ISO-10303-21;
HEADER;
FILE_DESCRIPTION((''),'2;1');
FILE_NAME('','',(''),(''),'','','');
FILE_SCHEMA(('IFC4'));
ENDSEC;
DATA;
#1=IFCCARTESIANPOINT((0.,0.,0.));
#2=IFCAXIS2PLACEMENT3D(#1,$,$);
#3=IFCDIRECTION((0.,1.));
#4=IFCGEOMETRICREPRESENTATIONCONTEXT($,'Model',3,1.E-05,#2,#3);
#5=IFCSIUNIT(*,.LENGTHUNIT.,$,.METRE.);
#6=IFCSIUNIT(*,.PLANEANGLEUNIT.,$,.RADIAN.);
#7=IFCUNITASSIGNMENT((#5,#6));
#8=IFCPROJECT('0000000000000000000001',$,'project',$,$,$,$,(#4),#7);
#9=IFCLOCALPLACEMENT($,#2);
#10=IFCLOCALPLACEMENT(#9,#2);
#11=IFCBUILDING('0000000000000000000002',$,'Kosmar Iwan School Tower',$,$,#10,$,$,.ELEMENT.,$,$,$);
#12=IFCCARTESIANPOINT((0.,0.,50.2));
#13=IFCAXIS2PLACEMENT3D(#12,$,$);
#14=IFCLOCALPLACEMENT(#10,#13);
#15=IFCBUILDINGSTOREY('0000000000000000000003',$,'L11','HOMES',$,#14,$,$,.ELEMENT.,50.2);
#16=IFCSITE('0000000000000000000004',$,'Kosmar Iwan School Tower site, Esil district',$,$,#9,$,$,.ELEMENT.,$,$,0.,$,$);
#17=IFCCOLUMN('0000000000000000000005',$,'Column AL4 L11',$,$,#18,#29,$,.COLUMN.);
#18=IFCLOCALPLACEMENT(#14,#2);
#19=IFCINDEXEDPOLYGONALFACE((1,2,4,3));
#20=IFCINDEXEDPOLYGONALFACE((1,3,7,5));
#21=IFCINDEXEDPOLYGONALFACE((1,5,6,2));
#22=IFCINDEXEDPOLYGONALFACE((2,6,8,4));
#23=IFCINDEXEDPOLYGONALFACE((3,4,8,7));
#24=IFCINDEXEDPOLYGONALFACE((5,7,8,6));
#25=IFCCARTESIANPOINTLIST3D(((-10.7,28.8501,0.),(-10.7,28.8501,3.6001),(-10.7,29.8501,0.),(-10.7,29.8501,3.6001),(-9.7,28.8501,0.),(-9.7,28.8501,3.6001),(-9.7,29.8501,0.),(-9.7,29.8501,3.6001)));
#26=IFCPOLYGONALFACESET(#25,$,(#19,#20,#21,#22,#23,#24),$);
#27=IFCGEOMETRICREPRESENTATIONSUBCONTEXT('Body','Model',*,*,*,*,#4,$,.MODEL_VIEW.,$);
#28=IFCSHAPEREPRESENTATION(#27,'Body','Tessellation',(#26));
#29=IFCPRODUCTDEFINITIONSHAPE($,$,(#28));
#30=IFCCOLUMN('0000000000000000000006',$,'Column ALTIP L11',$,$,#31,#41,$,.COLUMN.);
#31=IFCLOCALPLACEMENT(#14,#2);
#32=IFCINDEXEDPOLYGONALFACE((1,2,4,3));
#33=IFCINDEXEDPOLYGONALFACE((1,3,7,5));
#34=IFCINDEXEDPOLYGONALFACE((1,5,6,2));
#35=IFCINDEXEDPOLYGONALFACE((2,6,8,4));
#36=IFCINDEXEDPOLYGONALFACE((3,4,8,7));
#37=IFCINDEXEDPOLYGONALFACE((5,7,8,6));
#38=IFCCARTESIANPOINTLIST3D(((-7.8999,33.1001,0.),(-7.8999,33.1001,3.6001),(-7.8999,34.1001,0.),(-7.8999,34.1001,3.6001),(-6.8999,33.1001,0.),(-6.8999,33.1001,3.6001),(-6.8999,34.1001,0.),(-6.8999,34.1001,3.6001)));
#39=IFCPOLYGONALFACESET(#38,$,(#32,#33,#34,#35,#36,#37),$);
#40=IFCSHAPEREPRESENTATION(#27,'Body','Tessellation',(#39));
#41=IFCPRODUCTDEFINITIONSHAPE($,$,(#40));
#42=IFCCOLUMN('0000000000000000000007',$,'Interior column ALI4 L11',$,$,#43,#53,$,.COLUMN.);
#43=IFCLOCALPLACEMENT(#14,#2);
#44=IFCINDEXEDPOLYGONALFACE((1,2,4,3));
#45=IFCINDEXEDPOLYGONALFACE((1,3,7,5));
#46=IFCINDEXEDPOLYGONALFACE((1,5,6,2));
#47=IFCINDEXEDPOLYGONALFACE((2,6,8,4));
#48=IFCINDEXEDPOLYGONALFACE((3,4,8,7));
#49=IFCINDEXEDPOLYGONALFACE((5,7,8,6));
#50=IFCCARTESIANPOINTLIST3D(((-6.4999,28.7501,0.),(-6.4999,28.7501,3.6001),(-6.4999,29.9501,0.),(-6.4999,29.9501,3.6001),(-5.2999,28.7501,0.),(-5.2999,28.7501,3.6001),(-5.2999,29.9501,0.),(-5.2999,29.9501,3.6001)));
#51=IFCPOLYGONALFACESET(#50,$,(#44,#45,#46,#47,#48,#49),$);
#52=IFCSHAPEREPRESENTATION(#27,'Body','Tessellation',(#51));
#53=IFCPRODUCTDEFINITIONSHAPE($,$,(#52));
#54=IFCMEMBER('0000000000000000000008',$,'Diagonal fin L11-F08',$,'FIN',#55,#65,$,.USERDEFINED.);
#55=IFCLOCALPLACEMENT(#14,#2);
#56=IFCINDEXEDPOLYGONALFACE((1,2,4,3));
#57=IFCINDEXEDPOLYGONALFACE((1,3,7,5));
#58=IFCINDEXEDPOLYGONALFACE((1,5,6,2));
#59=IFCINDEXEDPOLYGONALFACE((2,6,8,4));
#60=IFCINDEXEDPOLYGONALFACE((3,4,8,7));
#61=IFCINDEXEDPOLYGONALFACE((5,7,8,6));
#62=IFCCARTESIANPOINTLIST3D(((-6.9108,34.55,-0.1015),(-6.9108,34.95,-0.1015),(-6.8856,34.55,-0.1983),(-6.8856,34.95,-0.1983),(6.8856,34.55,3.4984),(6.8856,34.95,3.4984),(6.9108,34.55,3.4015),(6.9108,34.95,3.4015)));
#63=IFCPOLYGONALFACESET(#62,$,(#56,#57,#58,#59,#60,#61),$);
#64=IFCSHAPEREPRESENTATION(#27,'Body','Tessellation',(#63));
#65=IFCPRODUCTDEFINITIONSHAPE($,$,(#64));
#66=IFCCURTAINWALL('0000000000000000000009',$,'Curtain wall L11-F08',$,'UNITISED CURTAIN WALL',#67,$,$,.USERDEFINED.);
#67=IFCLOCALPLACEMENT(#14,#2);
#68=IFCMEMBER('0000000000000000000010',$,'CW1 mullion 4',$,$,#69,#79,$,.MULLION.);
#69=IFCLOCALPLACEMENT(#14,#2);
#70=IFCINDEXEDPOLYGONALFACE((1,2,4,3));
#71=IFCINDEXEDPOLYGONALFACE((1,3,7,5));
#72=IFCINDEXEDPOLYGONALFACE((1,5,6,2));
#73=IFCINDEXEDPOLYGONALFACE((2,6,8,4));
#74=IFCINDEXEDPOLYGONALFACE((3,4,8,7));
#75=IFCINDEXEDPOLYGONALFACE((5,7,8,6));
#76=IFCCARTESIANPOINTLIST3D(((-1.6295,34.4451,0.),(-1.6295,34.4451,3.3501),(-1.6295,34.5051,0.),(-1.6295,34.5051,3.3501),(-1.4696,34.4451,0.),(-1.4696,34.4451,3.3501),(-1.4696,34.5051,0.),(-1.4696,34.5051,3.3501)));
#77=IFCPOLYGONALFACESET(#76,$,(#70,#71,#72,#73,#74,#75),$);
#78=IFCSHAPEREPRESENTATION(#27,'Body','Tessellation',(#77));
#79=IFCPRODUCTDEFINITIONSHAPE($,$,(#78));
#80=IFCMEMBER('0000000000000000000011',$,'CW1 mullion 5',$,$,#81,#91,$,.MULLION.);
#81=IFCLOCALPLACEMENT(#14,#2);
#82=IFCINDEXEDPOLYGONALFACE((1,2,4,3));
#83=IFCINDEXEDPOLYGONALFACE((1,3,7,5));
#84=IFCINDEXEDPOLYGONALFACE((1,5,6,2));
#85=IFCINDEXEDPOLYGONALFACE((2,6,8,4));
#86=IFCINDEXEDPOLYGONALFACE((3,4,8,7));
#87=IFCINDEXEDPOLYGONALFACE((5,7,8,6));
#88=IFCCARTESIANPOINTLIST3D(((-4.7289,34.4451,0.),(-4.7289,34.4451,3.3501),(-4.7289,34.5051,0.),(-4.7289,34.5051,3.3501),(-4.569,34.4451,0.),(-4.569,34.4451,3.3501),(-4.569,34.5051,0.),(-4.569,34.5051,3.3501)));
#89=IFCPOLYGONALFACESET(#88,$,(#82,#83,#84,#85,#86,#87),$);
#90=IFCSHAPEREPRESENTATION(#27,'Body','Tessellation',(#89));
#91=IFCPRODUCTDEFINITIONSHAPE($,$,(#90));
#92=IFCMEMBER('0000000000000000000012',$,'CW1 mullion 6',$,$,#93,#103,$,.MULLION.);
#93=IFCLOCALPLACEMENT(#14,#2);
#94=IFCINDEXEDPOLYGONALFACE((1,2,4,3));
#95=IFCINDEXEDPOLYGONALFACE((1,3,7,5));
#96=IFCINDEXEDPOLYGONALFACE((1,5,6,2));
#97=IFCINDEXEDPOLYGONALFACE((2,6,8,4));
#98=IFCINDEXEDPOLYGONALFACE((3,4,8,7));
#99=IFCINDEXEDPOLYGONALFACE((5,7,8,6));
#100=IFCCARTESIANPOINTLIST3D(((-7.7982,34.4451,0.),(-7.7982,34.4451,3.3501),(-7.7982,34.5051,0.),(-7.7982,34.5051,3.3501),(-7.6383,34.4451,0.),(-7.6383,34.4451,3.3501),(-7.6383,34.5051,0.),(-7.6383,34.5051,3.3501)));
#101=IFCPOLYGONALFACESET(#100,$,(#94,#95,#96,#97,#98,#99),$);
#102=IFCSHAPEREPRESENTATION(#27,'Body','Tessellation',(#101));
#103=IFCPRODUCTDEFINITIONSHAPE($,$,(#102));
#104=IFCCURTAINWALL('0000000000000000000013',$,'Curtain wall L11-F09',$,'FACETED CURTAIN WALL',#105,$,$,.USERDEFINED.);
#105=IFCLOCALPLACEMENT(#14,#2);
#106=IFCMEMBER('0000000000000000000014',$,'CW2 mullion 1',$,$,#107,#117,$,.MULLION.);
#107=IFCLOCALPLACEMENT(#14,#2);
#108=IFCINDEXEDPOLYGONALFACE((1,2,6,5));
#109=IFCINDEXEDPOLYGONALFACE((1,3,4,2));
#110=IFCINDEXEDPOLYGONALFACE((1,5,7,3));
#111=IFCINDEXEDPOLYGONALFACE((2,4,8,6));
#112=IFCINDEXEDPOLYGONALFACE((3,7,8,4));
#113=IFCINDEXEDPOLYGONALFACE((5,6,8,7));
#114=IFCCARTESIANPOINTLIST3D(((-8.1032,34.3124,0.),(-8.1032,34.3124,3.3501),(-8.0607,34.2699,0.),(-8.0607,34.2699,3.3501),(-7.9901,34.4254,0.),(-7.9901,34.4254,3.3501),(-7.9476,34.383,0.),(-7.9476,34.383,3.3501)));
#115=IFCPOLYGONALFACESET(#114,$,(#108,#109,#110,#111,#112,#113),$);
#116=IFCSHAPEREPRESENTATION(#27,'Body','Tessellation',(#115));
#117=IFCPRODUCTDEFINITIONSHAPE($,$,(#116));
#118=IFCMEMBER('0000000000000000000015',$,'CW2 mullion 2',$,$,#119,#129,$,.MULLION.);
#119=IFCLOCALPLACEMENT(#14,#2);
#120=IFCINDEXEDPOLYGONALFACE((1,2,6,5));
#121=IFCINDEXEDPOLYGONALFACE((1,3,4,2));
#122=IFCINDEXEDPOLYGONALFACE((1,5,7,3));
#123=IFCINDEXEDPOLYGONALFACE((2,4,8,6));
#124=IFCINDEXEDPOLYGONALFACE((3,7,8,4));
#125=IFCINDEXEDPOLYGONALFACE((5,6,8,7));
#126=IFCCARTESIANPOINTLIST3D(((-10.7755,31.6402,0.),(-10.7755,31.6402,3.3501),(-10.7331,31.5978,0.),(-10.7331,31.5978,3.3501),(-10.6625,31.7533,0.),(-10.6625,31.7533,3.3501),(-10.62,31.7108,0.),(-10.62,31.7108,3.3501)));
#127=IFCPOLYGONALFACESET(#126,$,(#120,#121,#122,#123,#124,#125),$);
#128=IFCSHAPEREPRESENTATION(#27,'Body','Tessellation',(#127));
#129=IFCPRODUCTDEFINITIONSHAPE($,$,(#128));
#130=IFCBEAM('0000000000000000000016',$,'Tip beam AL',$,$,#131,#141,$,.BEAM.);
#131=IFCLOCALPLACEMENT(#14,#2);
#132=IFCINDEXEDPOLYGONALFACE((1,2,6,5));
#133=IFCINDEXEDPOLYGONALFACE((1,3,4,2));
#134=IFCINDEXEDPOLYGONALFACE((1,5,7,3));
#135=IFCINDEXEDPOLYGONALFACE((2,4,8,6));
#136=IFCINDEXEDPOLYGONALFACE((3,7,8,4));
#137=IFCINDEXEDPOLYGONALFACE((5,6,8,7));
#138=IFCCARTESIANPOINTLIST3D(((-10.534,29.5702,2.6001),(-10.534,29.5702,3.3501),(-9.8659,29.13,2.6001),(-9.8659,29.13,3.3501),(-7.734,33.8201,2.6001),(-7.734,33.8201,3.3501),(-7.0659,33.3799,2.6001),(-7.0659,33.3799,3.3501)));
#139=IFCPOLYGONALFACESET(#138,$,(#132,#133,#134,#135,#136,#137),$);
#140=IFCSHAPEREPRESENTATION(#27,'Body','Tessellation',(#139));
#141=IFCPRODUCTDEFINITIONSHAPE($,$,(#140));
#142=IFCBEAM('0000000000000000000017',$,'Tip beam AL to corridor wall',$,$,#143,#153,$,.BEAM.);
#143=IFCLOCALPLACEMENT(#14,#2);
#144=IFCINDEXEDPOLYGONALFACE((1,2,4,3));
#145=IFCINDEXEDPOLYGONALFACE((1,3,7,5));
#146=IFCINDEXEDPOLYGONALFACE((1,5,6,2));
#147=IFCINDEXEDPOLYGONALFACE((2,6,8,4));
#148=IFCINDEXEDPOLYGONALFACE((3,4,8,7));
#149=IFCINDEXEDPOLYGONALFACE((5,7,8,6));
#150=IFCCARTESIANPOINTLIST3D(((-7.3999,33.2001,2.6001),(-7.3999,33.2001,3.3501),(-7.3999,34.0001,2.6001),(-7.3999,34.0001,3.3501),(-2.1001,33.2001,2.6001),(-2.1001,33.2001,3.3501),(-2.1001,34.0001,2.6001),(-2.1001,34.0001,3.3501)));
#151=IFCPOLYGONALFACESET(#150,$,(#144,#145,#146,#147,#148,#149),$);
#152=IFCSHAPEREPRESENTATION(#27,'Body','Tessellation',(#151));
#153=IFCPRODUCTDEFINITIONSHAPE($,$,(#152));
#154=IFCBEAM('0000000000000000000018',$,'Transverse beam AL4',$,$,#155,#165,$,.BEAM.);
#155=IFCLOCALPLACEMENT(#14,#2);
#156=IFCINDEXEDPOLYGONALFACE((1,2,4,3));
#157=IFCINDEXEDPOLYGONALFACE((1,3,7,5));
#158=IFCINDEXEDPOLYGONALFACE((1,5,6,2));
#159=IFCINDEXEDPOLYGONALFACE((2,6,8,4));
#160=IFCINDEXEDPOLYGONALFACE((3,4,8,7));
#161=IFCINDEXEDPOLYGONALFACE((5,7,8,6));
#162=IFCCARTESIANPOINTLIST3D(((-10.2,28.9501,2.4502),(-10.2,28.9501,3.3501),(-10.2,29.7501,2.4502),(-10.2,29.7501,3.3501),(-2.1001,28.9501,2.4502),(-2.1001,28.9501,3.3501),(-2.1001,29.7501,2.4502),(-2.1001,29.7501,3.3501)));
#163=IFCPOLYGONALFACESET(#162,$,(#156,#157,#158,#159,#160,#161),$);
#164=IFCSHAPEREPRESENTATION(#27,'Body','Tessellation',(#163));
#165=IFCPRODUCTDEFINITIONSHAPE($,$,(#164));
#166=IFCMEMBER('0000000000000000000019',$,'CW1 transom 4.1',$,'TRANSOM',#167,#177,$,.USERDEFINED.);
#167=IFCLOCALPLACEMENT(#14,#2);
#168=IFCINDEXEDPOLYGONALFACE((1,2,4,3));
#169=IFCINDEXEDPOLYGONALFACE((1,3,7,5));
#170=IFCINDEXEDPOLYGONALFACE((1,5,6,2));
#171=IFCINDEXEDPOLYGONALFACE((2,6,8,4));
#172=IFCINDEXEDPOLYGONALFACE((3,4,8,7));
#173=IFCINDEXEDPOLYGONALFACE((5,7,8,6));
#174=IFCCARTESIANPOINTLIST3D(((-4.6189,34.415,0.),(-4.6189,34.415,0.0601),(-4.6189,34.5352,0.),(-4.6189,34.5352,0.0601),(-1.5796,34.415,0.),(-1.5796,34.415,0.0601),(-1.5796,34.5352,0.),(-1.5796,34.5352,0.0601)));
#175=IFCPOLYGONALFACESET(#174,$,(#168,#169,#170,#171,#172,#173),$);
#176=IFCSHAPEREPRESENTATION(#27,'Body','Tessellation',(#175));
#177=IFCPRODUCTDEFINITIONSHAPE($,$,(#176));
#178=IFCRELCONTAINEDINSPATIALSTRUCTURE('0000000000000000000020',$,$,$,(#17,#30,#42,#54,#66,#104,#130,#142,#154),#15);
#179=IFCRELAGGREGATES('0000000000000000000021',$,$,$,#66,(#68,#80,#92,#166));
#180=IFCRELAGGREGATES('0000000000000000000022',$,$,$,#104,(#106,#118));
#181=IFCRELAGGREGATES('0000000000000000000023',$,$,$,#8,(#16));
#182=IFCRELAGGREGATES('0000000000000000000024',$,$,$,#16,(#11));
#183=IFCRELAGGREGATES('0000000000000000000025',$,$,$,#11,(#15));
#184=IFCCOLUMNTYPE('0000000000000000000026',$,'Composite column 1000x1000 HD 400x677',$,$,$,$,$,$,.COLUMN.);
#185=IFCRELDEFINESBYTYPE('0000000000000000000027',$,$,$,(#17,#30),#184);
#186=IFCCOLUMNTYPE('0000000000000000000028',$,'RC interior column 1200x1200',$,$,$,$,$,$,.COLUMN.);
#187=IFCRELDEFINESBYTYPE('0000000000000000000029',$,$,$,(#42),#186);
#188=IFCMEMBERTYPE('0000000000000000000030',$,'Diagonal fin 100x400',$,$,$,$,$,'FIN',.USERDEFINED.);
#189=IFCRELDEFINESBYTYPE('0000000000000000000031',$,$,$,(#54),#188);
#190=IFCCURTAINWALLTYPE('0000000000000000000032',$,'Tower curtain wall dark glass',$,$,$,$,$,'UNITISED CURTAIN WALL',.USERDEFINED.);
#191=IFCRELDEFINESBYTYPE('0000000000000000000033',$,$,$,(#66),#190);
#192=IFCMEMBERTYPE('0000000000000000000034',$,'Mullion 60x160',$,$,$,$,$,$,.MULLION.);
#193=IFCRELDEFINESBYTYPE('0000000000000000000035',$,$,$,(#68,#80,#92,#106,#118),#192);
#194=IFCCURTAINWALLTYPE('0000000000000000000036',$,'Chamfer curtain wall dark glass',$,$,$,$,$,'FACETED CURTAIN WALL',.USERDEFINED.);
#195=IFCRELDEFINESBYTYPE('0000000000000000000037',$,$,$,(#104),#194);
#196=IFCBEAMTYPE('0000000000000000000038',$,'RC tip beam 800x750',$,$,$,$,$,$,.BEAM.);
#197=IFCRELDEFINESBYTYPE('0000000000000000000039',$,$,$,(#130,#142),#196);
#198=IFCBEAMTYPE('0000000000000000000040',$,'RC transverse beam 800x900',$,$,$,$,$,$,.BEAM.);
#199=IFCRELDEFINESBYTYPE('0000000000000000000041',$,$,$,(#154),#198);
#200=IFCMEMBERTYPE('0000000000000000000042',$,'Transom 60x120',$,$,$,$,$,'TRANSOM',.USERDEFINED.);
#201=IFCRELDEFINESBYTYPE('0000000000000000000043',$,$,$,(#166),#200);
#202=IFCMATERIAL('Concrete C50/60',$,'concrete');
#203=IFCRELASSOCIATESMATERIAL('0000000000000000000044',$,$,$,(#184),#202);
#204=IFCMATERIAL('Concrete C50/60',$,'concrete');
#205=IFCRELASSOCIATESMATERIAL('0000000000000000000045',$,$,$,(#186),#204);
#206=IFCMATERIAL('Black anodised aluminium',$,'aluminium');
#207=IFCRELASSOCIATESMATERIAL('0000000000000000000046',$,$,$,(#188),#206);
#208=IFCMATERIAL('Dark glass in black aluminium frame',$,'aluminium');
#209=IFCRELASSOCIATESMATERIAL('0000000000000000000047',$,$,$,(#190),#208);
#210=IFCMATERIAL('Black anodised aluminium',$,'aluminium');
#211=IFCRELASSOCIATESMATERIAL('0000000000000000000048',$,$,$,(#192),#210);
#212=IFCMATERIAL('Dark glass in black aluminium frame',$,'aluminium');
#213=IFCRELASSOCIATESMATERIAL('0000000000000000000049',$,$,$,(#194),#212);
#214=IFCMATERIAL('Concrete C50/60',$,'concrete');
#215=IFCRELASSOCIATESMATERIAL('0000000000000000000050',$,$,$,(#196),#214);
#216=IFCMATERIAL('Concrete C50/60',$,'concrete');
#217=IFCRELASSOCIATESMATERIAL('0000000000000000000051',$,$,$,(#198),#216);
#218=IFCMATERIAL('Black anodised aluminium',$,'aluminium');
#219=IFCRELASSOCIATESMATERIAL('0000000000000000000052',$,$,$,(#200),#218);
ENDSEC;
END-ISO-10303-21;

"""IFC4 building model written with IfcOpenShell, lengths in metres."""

from ifc_helpers import new_model, si_unit, direction, frame, origin, origin_2d, place, context, subcontext, project, spatial, rectangle, extrude, material, material_profile, profile_set, type_object, element, aggregate, save


model = new_model("IFC4")

# Units and contexts
model_context = context("Model", 3, precision=1e-05, world=origin(), true_north=direction((0.0, 1.0)))
body_context = subcontext(model_context, "Body", "Model", "MODEL_VIEW")
ifc_project = project(units=[si_unit("LENGTHUNIT", "METRE"), si_unit("PLANEANGLEUNIT", "RADIAN")], contexts=[model_context])

# Site, building, storey
site_placement = place(None, origin())
site = spatial("IfcSite", under=ifc_project, at=site_placement, Name="Kosmar Iwan School Tower site, Esil district", CompositionType="ELEMENT", RefElevation=0.0)
building_placement = place(site_placement, origin())
building = spatial("IfcBuilding", under=site, at=building_placement, Name="Kosmar Iwan School Tower", CompositionType="ELEMENT")
storey_placement = place(building_placement, frame((0.0, 0.0, 50.2)))
storey = spatial("IfcBuildingStorey", under=building, at=storey_placement, Name="L11", Description="HOMES", CompositionType="ELEMENT", Elevation=50.2)

# Columns
ifc_material_1 = material(Name="Concrete C50/60", Category="concrete")
ifc_material_profile_1 = material_profile(ifc_material_1, rectangle(XDim=1.0, YDim=1.0, at=origin_2d()), Name="RC 1000x1000 + HD 400x677")
ifc_profile_set_1 = profile_set([ifc_material_profile_1], Name="Concrete C50/60")
column_type_1 = type_object("IfcColumnType", Name="Composite column 1000x1000 HD 400x677", PredefinedType="COLUMN", material=ifc_profile_set_1)
for number, where, z_axis, x_axis, name in (
    (1, (-10.2, 29.3501, 0.0), (0.0, 0.0, 1.0), (0.0, 1.0, 0.0), "Column AL4 L11"),
    (2, (-7.3999, 33.6001, 0.0), (0.0, 0.0, 1.0), (0.0, 1.0, 0.0), "Column ALTIP L11"),
):
    element("IfcColumn", number, at=place(storey_placement, frame(where, z_axis=z_axis, x_axis=x_axis)), inside=storey, type_object=column_type_1, Name=name, PredefinedType="COLUMN", context=body_context, shape_type="SweptSolid", body=[
        extrude(rectangle(XDim=1.0, YDim=1.0, at=origin_2d()), origin(), (0.0, 0.0, 1.0), 3.6001),
    ])
ifc_material_2 = material(Name="Concrete C50/60", Category="concrete")
ifc_material_profile_2 = material_profile(ifc_material_2, rectangle(XDim=1.2, YDim=1.2, at=origin_2d()), Name="RC 1200x1200")
ifc_profile_set_2 = profile_set([ifc_material_profile_2], Name="Concrete C50/60")
column_type_2 = type_object("IfcColumnType", Name="RC interior column 1200x1200", PredefinedType="COLUMN", material=ifc_profile_set_2)
column_placement = place(storey_placement, frame((-5.8999, 29.3501, 0.0), z_axis=(0.0, 0.0, 1.0), x_axis=(0.0, 1.0, 0.0)))
element("IfcColumn", 3, at=column_placement, inside=storey, type_object=column_type_2, Name="Interior column ALI4 L11", PredefinedType="COLUMN", context=body_context, shape_type="SweptSolid", body=[
    extrude(rectangle(XDim=1.2, YDim=1.2, at=origin_2d()), origin(), (0.0, 0.0, 1.0), 3.6001),
])

# Member
ifc_material_3 = material(Name="Black anodised aluminium", Category="aluminium")
ifc_material_profile_3 = material_profile(ifc_material_3, rectangle(XDim=0.1001, YDim=0.3999, at=origin_2d()), Name="FIN 100x400")
ifc_profile_set_3 = profile_set([ifc_material_profile_3], Name="Black anodised aluminium")
member_type_1 = type_object("IfcMemberType", Name="Diagonal fin 100x400", ElementType="FIN", PredefinedType="USERDEFINED", material=ifc_profile_set_3)
member_1_placement = place(storey_placement, frame((-6.8982, 34.75, -0.1499), z_axis=(0.967604, 0.0, 0.252474), x_axis=(-0.252474, 0.0, 0.967604)))
element("IfcMember", 4, at=member_1_placement, inside=storey, type_object=member_type_1, Name="Diagonal fin L11-F08", ObjectType="FIN", PredefinedType="USERDEFINED", context=body_context, shape_type="SweptSolid", body=[
    extrude(rectangle(XDim=0.1001, YDim=0.3999, at=origin_2d()), origin(), (0.0, 0.0, 1.0), 14.2583),
])

# Curtain walls, members
ifc_material_4 = material(Name="Dark glass in black aluminium frame", Category="aluminium")
curtain_wall_type_1 = type_object("IfcCurtainWallType", Name="Tower curtain wall dark glass", ElementType="UNITISED CURTAIN WALL", PredefinedType="USERDEFINED", material=ifc_material_4)
curtain_wall_1_placement = place(storey_placement, origin())
curtain_wall_1 = element("IfcCurtainWall", 5, at=curtain_wall_1_placement, inside=storey, type_object=curtain_wall_type_1, Name="Curtain wall L11-F08", ObjectType="UNITISED CURTAIN WALL", PredefinedType="USERDEFINED")
ifc_material_5 = material(Name="Black anodised aluminium", Category="aluminium")
ifc_material_profile_4 = material_profile(ifc_material_5, rectangle(XDim=0.0601, YDim=0.1599, at=origin_2d()), Name="MULLION 60x160")
ifc_profile_set_4 = profile_set([ifc_material_profile_4], Name="Black anodised aluminium")
member_type_2 = type_object("IfcMemberType", Name="Mullion 60x160", PredefinedType="MULLION", material=ifc_profile_set_4)
member_2_placement = place(storey_placement, frame((-1.5496, 34.4751, 0.0), z_axis=(0.0, 0.0, 1.0), x_axis=(0.0, -1.0, 0.0)))
member_2 = element("IfcMember", 6, at=member_2_placement, type_object=member_type_2, Name="CW1 mullion 4", PredefinedType="MULLION", context=body_context, shape_type="SweptSolid", body=[
    extrude(rectangle(XDim=0.0601, YDim=0.1599, at=origin_2d()), origin(), (0.0, 0.0, 1.0), 3.3501),
])
member_3_placement = place(storey_placement, frame((-4.6489, 34.4751, 0.0), z_axis=(0.0, 0.0, 1.0), x_axis=(0.0, -1.0, 0.0)))
member_3 = element("IfcMember", 7, at=member_3_placement, type_object=member_type_2, Name="CW1 mullion 5", PredefinedType="MULLION", context=body_context, shape_type="SweptSolid", body=[
    extrude(rectangle(XDim=0.0601, YDim=0.1599, at=origin_2d()), origin(), (0.0, 0.0, 1.0), 3.3501),
])
member_4_placement = place(storey_placement, frame((-7.7183, 34.4751, 0.0), z_axis=(0.0, 0.0, 1.0), x_axis=(0.0, -1.0, 0.0)))
member_4 = element("IfcMember", 8, at=member_4_placement, type_object=member_type_2, Name="CW1 mullion 6", PredefinedType="MULLION", context=body_context, shape_type="SweptSolid", body=[
    extrude(rectangle(XDim=0.0601, YDim=0.1599, at=origin_2d()), origin(), (0.0, 0.0, 1.0), 3.3501),
])
ifc_material_6 = material(Name="Dark glass in black aluminium frame", Category="aluminium")
curtain_wall_type_2 = type_object("IfcCurtainWallType", Name="Chamfer curtain wall dark glass", ElementType="FACETED CURTAIN WALL", PredefinedType="USERDEFINED", material=ifc_material_6)
curtain_wall_2_placement = place(storey_placement, origin())
curtain_wall_2 = element("IfcCurtainWall", 9, at=curtain_wall_2_placement, inside=storey, type_object=curtain_wall_type_2, Name="Curtain wall L11-F09", ObjectType="FACETED CURTAIN WALL", PredefinedType="USERDEFINED")
member_5_placement = place(storey_placement, frame((-8.0254, 34.3477, 0.0), z_axis=(0.0, 0.0, 1.0), x_axis=(0.707107, -0.707107, 0.0)))
member_5 = element("IfcMember", 10, at=member_5_placement, type_object=member_type_2, Name="CW2 mullion 1", PredefinedType="MULLION", context=body_context, shape_type="SweptSolid", body=[
    extrude(rectangle(XDim=0.0601, YDim=0.1599, at=origin_2d()), origin(), (0.0, 0.0, 1.0), 3.3501),
])
member_6_placement = place(storey_placement, frame((-10.6978, 31.6755, 0.0), z_axis=(0.0, 0.0, 1.0), x_axis=(0.707107, -0.707107, 0.0)))
member_6 = element("IfcMember", 11, at=member_6_placement, type_object=member_type_2, Name="CW2 mullion 2", PredefinedType="MULLION", context=body_context, shape_type="SweptSolid", body=[
    extrude(rectangle(XDim=0.0601, YDim=0.1599, at=origin_2d()), origin(), (0.0, 0.0, 1.0), 3.3501),
])

# Beams
ifc_material_7 = material(Name="Concrete C50/60", Category="concrete")
ifc_material_profile_5 = material_profile(ifc_material_7, rectangle(XDim=0.8, YDim=0.75, at=origin_2d()), Name="RC 800x750")
ifc_profile_set_5 = profile_set([ifc_material_profile_5], Name="Concrete C50/60")
beam_type_1 = type_object("IfcBeamType", Name="RC tip beam 800x750", PredefinedType="BEAM", material=ifc_profile_set_5)
beam_1_placement = place(storey_placement, frame((-10.2, 29.3501, 2.9751), z_axis=(0.550164, 0.835056, 0.0), x_axis=(-0.835056, 0.550164, 0.0)))
element("IfcBeam", 12, at=beam_1_placement, inside=storey, type_object=beam_type_1, Name="Tip beam AL", PredefinedType="BEAM", context=body_context, shape_type="SweptSolid", body=[
    extrude(rectangle(XDim=0.8, YDim=0.75, at=origin_2d()), origin(), (0.0, 0.0, 1.0), 5.0894),
])
beam_2_placement = place(storey_placement, frame((-7.3999, 33.6001, 2.9751), z_axis=(1.0, 0.0, 0.0), x_axis=(0.0, 1.0, 0.0)))
element("IfcBeam", 13, at=beam_2_placement, inside=storey, type_object=beam_type_1, Name="Tip beam AL to corridor wall", PredefinedType="BEAM", context=body_context, shape_type="SweptSolid", body=[
    extrude(rectangle(XDim=0.8, YDim=0.75, at=origin_2d()), origin(), (0.0, 0.0, 1.0), 5.2998),
])
ifc_material_8 = material(Name="Concrete C50/60", Category="concrete")
ifc_material_profile_6 = material_profile(ifc_material_8, rectangle(XDim=0.8, YDim=0.8999, at=origin_2d()), Name="RC 800x900")
ifc_profile_set_6 = profile_set([ifc_material_profile_6], Name="Concrete C50/60")
beam_type_2 = type_object("IfcBeamType", Name="RC transverse beam 800x900", PredefinedType="BEAM", material=ifc_profile_set_6)
beam_3_placement = place(storey_placement, frame((-10.2, 29.3501, 2.9001), z_axis=(1.0, 0.0, 0.0), x_axis=(0.0, 1.0, 0.0)))
element("IfcBeam", 14, at=beam_3_placement, inside=storey, type_object=beam_type_2, Name="Transverse beam AL4", PredefinedType="BEAM", context=body_context, shape_type="SweptSolid", body=[
    extrude(rectangle(XDim=0.8, YDim=0.8999, at=origin_2d()), origin(), (0.0, 0.0, 1.0), 8.0999),
])

# Member
ifc_material_9 = material(Name="Black anodised aluminium", Category="aluminium")
ifc_material_profile_7 = material_profile(ifc_material_9, rectangle(XDim=0.1201, YDim=0.0601, at=origin_2d()), Name="TRANSOM 60x120")
ifc_profile_set_7 = profile_set([ifc_material_profile_7], Name="Black anodised aluminium")
member_type_3 = type_object("IfcMemberType", Name="Transom 60x120", ElementType="TRANSOM", PredefinedType="USERDEFINED", material=ifc_profile_set_7)
member_7_placement = place(storey_placement, frame((-1.5796, 34.4751, 0.03), z_axis=(-1.0, 0.0, 0.0), x_axis=(0.0, -1.0, 0.0)))
member_7 = element("IfcMember", 15, at=member_7_placement, type_object=member_type_3, Name="CW1 transom 4.1", ObjectType="TRANSOM", PredefinedType="USERDEFINED", context=body_context, shape_type="SweptSolid", body=[
    extrude(rectangle(XDim=0.1201, YDim=0.0601, at=origin_2d()), origin(), (0.0, 0.0, 1.0), 3.0393),
])

aggregate(curtain_wall_1, [member_2, member_3, member_4, member_7])
aggregate(curtain_wall_2, [member_5, member_6])

save(model, "model.ifc")
